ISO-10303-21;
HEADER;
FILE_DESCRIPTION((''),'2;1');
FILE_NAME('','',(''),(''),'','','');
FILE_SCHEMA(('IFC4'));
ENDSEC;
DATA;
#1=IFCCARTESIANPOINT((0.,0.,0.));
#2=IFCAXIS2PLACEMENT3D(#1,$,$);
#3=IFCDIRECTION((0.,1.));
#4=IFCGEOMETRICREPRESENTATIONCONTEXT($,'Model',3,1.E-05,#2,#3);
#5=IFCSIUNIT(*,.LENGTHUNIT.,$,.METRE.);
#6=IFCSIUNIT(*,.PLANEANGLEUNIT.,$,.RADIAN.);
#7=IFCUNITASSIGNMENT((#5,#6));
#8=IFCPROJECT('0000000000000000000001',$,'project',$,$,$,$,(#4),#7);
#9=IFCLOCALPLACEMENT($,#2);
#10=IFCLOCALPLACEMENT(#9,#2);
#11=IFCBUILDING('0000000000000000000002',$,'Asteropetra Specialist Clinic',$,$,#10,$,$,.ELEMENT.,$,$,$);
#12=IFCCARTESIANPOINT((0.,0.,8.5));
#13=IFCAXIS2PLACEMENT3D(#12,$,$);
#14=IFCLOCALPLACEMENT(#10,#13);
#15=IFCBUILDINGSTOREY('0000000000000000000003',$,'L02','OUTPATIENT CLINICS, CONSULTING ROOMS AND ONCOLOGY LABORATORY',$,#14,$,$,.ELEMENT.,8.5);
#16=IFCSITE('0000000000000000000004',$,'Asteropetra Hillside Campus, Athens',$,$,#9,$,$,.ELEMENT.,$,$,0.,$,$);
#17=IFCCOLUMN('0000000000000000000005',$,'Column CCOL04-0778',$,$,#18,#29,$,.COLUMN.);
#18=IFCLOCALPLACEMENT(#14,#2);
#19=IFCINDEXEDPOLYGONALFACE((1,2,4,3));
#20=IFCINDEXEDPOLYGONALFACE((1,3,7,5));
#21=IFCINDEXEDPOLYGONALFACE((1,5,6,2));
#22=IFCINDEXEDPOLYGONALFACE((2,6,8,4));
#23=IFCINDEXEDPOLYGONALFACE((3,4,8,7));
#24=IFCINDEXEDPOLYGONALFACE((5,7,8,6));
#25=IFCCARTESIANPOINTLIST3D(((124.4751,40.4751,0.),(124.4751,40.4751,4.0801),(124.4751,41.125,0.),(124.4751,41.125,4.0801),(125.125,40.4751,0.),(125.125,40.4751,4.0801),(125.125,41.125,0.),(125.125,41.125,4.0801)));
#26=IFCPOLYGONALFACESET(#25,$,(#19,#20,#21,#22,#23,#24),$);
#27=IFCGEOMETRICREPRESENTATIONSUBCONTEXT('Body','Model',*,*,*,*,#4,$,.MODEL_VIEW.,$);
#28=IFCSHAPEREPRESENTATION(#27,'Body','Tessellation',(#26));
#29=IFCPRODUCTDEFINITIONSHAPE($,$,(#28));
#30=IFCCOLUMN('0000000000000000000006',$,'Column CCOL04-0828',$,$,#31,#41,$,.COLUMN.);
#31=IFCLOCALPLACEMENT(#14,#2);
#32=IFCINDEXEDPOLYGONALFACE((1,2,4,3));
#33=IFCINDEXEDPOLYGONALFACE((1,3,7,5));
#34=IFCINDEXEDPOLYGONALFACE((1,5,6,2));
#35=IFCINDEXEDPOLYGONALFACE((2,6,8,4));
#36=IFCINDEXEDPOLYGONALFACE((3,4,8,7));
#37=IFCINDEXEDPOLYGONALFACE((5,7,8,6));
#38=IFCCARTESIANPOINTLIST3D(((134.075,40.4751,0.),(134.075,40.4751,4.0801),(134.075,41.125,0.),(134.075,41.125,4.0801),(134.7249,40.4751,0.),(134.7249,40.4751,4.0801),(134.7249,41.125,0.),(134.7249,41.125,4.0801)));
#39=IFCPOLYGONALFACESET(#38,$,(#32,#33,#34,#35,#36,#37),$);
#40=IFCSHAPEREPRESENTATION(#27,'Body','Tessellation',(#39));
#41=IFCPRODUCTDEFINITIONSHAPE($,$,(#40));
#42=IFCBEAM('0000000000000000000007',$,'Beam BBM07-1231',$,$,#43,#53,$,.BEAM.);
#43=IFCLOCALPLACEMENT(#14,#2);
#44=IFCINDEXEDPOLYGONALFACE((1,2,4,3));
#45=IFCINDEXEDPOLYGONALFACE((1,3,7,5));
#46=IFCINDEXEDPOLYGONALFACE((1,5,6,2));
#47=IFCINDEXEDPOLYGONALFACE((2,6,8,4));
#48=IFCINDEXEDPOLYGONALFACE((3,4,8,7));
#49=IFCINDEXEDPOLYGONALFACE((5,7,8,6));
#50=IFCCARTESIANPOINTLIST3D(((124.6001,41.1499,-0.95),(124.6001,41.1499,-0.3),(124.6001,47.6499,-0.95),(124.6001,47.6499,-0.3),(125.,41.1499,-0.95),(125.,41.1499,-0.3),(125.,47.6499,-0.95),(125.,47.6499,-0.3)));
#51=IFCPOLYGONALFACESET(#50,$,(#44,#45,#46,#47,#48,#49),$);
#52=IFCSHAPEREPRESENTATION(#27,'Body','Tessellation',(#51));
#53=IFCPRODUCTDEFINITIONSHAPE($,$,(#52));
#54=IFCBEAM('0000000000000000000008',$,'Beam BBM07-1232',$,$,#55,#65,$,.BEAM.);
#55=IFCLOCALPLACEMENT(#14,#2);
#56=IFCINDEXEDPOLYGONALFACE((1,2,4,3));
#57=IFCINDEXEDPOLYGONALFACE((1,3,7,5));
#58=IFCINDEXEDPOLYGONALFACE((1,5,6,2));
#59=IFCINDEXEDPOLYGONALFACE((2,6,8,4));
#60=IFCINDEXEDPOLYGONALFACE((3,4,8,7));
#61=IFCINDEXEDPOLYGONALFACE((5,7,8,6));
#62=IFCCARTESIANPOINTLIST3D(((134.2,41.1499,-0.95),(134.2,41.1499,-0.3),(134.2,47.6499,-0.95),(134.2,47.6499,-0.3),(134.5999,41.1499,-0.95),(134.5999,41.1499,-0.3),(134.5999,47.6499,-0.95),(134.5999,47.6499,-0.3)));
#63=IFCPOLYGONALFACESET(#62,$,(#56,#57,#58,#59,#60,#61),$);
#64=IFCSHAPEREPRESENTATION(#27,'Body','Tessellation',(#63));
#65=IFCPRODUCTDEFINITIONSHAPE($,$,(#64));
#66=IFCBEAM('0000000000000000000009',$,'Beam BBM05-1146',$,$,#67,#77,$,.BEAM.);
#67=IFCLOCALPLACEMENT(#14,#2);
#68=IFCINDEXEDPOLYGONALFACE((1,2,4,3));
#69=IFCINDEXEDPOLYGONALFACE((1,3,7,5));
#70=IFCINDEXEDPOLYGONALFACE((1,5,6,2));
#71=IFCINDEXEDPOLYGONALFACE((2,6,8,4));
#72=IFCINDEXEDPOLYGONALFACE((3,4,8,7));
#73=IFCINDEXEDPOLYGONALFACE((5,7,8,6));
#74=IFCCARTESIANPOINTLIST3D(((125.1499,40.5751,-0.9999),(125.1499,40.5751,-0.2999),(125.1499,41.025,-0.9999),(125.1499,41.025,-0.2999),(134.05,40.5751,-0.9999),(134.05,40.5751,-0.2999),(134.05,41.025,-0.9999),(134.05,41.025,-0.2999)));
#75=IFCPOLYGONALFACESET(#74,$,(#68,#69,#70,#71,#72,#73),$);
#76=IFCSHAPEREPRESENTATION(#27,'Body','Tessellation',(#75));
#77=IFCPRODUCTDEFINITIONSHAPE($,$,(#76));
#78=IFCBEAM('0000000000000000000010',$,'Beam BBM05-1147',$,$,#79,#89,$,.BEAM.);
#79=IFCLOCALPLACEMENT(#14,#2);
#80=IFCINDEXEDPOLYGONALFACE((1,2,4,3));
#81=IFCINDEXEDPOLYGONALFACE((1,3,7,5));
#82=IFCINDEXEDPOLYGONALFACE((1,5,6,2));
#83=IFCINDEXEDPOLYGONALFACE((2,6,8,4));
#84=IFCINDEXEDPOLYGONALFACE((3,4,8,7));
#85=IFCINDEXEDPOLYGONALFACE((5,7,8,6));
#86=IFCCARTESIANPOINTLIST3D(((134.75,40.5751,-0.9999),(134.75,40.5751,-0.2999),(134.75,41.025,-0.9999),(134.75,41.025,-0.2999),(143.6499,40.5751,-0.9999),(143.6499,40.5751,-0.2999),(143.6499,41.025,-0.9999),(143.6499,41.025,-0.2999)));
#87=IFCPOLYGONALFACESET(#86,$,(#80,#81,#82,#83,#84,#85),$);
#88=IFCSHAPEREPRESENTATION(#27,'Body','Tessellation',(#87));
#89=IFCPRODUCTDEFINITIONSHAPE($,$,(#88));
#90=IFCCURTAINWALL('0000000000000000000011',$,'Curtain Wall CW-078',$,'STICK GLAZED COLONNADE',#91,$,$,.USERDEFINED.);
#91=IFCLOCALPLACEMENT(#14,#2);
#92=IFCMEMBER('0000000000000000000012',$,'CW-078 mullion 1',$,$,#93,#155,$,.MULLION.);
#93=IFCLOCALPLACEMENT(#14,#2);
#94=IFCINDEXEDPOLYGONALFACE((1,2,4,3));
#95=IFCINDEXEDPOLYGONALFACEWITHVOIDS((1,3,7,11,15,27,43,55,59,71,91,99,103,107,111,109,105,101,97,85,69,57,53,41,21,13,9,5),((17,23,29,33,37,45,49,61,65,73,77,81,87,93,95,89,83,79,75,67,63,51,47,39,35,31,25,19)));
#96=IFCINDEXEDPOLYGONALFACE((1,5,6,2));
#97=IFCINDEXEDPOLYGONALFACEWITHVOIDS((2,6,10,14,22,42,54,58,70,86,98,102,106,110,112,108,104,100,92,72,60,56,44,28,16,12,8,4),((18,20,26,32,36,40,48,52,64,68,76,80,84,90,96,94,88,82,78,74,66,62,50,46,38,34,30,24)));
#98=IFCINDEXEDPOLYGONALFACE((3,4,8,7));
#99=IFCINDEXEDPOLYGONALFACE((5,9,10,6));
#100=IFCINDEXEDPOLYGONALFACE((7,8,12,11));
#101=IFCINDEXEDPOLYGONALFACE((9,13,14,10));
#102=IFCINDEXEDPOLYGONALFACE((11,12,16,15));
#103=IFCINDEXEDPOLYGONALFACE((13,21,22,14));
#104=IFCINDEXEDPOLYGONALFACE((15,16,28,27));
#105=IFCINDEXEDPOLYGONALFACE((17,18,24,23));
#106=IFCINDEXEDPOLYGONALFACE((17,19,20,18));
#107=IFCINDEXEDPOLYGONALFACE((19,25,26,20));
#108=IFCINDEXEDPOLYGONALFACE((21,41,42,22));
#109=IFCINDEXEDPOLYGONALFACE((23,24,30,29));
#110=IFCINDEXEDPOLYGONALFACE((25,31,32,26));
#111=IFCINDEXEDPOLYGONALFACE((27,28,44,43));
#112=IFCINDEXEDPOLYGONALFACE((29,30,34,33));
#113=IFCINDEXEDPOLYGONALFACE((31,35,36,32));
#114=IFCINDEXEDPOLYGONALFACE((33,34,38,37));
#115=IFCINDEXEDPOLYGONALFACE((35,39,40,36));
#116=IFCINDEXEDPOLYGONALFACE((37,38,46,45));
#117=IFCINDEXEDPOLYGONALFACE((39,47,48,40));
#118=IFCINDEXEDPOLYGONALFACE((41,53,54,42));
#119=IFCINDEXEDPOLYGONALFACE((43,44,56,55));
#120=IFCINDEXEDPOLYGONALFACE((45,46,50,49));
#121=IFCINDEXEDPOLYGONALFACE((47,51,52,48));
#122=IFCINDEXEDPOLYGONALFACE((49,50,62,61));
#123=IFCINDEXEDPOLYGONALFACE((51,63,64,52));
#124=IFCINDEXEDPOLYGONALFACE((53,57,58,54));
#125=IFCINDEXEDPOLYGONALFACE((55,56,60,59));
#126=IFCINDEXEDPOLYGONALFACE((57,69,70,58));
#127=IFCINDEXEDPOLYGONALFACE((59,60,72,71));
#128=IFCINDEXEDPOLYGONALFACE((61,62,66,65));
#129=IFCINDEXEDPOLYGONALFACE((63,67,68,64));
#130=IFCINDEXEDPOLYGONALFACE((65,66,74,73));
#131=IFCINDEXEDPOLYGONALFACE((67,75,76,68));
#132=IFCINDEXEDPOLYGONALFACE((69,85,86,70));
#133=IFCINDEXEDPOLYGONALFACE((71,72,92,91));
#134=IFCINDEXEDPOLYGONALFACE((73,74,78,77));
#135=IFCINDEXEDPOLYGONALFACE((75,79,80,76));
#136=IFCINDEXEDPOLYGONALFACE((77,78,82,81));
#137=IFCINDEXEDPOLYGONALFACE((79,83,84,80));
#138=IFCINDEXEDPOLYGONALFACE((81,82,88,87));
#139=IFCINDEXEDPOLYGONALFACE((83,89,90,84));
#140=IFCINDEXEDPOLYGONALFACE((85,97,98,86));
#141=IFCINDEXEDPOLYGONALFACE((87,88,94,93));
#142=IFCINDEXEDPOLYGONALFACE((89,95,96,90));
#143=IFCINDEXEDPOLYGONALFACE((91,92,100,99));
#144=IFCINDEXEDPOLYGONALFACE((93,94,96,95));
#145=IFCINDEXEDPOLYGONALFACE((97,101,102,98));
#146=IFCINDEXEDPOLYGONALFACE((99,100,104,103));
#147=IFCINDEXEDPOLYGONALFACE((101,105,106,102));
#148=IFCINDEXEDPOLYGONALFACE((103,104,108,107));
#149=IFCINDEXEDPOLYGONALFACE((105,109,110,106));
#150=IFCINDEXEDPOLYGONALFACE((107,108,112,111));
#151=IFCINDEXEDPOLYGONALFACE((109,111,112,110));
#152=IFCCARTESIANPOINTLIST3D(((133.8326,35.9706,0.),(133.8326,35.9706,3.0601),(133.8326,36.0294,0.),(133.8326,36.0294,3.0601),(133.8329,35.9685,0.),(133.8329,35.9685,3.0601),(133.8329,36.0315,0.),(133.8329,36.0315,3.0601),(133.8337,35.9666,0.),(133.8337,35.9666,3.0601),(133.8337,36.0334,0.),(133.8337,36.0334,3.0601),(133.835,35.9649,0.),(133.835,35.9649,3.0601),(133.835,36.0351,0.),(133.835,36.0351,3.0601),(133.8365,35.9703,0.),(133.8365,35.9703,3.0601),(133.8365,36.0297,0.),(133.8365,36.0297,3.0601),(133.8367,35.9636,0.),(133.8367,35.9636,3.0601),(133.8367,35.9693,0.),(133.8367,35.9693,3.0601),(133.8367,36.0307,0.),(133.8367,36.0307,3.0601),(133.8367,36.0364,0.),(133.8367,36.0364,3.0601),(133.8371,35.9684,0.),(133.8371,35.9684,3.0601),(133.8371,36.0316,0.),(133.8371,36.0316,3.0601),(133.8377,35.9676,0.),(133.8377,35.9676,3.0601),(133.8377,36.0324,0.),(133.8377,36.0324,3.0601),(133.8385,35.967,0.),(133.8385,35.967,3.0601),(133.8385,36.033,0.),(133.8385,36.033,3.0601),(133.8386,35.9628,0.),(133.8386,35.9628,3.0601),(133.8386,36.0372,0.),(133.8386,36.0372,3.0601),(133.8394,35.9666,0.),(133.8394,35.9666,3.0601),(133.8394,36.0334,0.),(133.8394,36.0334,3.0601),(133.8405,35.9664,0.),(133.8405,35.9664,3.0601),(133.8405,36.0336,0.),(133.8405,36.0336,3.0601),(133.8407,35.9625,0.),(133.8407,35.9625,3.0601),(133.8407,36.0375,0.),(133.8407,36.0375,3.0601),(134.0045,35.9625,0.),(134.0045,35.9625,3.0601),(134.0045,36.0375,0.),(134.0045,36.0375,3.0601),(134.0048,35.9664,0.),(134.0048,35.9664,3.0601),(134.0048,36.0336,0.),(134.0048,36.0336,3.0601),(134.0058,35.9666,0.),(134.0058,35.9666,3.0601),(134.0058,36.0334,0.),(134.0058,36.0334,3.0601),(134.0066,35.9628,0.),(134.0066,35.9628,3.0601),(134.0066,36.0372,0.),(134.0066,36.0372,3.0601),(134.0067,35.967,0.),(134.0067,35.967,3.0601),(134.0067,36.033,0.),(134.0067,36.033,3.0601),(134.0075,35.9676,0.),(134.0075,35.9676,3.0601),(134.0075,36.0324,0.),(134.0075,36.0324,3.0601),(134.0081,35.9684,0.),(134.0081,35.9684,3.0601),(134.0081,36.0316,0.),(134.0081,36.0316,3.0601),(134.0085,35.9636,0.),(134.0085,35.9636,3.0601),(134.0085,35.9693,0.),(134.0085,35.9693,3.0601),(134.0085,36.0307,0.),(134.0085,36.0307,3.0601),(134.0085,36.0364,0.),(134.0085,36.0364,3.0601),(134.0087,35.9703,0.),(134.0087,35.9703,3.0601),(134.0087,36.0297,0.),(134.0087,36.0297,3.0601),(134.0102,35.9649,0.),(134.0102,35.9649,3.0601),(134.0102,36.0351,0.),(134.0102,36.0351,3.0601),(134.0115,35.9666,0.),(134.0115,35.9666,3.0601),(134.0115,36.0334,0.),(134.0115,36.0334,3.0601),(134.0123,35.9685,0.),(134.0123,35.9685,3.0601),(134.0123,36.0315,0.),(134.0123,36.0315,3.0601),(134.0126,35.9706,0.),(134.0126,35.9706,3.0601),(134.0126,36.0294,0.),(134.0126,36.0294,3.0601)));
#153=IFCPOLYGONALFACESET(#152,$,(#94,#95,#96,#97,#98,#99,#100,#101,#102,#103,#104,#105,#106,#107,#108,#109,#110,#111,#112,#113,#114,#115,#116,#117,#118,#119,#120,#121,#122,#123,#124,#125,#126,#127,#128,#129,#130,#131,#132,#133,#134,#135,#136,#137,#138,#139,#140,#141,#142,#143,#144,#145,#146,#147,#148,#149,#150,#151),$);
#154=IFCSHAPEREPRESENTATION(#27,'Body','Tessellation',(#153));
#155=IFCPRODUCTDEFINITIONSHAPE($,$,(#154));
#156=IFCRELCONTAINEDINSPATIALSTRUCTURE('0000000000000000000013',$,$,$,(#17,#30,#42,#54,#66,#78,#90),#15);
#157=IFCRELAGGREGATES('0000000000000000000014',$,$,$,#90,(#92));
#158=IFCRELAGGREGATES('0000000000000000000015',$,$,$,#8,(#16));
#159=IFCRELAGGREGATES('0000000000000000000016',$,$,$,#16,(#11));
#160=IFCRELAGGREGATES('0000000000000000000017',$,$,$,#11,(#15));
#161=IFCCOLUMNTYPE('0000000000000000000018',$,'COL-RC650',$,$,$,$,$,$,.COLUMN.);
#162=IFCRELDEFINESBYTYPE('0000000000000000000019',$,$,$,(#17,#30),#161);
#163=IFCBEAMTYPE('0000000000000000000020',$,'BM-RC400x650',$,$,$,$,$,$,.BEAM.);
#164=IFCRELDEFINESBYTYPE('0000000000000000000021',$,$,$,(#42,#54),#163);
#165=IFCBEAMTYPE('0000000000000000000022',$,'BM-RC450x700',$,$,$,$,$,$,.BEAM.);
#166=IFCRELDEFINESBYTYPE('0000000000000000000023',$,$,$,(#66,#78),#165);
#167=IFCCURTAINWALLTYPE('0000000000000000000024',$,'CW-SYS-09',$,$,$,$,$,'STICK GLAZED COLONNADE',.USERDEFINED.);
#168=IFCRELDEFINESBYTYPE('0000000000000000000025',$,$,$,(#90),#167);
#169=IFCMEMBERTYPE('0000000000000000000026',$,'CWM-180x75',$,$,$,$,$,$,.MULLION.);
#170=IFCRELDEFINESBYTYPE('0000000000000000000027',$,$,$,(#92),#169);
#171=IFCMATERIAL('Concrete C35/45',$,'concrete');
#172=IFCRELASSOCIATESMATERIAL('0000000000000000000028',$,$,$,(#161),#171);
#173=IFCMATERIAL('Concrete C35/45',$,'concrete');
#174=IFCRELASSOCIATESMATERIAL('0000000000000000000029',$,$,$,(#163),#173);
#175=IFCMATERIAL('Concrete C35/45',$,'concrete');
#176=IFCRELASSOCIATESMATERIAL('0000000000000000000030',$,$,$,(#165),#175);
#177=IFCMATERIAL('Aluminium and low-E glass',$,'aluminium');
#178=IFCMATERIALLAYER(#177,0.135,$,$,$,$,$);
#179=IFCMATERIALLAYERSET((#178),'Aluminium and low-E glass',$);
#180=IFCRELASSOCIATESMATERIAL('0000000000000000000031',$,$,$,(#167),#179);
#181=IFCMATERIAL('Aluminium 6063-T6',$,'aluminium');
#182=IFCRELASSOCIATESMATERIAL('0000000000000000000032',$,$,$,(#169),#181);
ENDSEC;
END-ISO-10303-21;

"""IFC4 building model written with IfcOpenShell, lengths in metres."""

from ifc_helpers import new_model, si_unit, direction, frame, origin, origin_2d, place, context, subcontext, project, spatial, rectangle, hollow_rectangle, extrude, material, layer, layer_set, material_profile, profile_set, type_object, element, aggregate, save


model = new_model("IFC4")

# Units and contexts
model_context = context("Model", 3, precision=1e-05, world=origin(), true_north=direction((0.0, 1.0)))
body_context = subcontext(model_context, "Body", "Model", "MODEL_VIEW")
ifc_project = project(units=[si_unit("LENGTHUNIT", "METRE"), si_unit("PLANEANGLEUNIT", "RADIAN")], contexts=[model_context])

# Site, building, storey
site_placement = place(None, origin())
site = spatial("IfcSite", under=ifc_project, at=site_placement, Name="Asteropetra Hillside Campus, Athens", CompositionType="ELEMENT", RefElevation=0.0)
building_placement = place(site_placement, origin())
building = spatial("IfcBuilding", under=site, at=building_placement, Name="Asteropetra Specialist Clinic", CompositionType="ELEMENT")
storey_placement = place(building_placement, frame((0.0, 0.0, 8.5)))
storey = spatial("IfcBuildingStorey", under=building, at=storey_placement, Name="L02", Description="OUTPATIENT CLINICS, CONSULTING ROOMS AND ONCOLOGY LABORATORY", CompositionType="ELEMENT", Elevation=8.5)

# Columns
ifc_material_1 = material(Name="Concrete C35/45", Category="concrete")
ifc_material_profile_1 = material_profile(ifc_material_1, rectangle(XDim=0.6499, YDim=0.6499, at=origin_2d()), Name="RC 650x650")
ifc_profile_set_1 = profile_set([ifc_material_profile_1], Name="Concrete C35/45")
column_type = type_object("IfcColumnType", Name="COL-RC650", PredefinedType="COLUMN", material=ifc_profile_set_1)
for number, where, z_axis, x_axis, name in (
    (1, (124.8, 40.8, 0.0), (0.0, 0.0, 1.0), (1.0, 0.0, 0.0), "Column CCOL04-0778"),
    (2, (134.3999, 40.8, 0.0), (0.0, 0.0, 1.0), (1.0, 0.0, 0.0), "Column CCOL04-0828"),
):
    element("IfcColumn", number, at=place(storey_placement, frame(where, z_axis=z_axis, x_axis=x_axis)), inside=storey, type_object=column_type, Name=name, PredefinedType="COLUMN", context=body_context, shape_type="SweptSolid", body=[
        extrude(rectangle(XDim=0.6499, YDim=0.6499, at=origin_2d()), origin(), (0.0, 0.0, 1.0), 4.0801),
    ])

# Beams
ifc_material_2 = material(Name="Concrete C35/45", Category="concrete")
ifc_material_profile_2 = material_profile(ifc_material_2, rectangle(XDim=0.3999, YDim=0.6499, at=origin_2d()), Name="RCB 400x650")
ifc_profile_set_2 = profile_set([ifc_material_profile_2], Name="Concrete C35/45")
beam_type_1 = type_object("IfcBeamType", Name="BM-RC400x650", PredefinedType="BEAM", material=ifc_profile_set_2)
for number, where, z_axis, x_axis, name in (
    (3, (124.8, 41.1499, -0.625), (0.0, 1.0, 0.0), (-1.0, 0.0, 0.0), "Beam BBM07-1231"),
    (4, (134.3999, 41.1499, -0.625), (0.0, 1.0, 0.0), (-1.0, 0.0, 0.0), "Beam BBM07-1232"),
):
    element("IfcBeam", number, at=place(storey_placement, frame(where, z_axis=z_axis, x_axis=x_axis)), inside=storey, type_object=beam_type_1, Name=name, PredefinedType="BEAM", context=body_context, shape_type="SweptSolid", body=[
        extrude(rectangle(XDim=0.3999, YDim=0.6499, at=origin_2d()), origin(), (0.0, 0.0, 1.0), 6.5),
    ])
ifc_material_3 = material(Name="Concrete C35/45", Category="concrete")
ifc_material_profile_3 = material_profile(ifc_material_3, rectangle(XDim=0.45, YDim=0.7, at=origin_2d()), Name="RCB 450x700")
ifc_profile_set_3 = profile_set([ifc_material_profile_3], Name="Concrete C35/45")
beam_type_2 = type_object("IfcBeamType", Name="BM-RC450x700", PredefinedType="BEAM", material=ifc_profile_set_3)
beam_1_placement = place(storey_placement, frame((125.1499, 40.8, -0.6499), z_axis=(1.0, 0.0, 0.0), x_axis=(0.0, 1.0, 0.0)))
element("IfcBeam", 5, at=beam_1_placement, inside=storey, type_object=beam_type_2, Name="Beam BBM05-1146", PredefinedType="BEAM", context=body_context, shape_type="SweptSolid", body=[
    extrude(rectangle(XDim=0.45, YDim=0.7, at=origin_2d()), origin(), (0.0, 0.0, 1.0), 8.9001),
])
beam_2_placement = place(storey_placement, frame((134.75, 40.8, -0.6499), z_axis=(1.0, 0.0, 0.0), x_axis=(0.0, 1.0, 0.0)))
element("IfcBeam", 6, at=beam_2_placement, inside=storey, type_object=beam_type_2, Name="Beam BBM05-1147", PredefinedType="BEAM", context=body_context, shape_type="SweptSolid", body=[
    extrude(rectangle(XDim=0.45, YDim=0.7, at=origin_2d()), origin(), (0.0, 0.0, 1.0), 8.8999),
])

# Curtain wall, member
ifc_material_4 = material(Name="Aluminium and low-E glass", Category="aluminium")
ifc_layer_1 = layer(ifc_material_4, 0.135)
ifc_layer_set_1 = layer_set([ifc_layer_1], Name="Aluminium and low-E glass")
curtain_wall_type = type_object("IfcCurtainWallType", Name="CW-SYS-09", ElementType="STICK GLAZED COLONNADE", PredefinedType="USERDEFINED", material=ifc_layer_set_1)
curtain_wall_placement = place(storey_placement, origin())
curtain_wall = element("IfcCurtainWall", 7, at=curtain_wall_placement, inside=storey, type_object=curtain_wall_type, Name="Curtain Wall CW-078", ObjectType="STICK GLAZED COLONNADE", PredefinedType="USERDEFINED")
ifc_material_5 = material(Name="Aluminium 6063-T6", Category="aluminium")
ifc_material_profile_4 = material_profile(ifc_material_5, hollow_rectangle(XDim=0.075, YDim=0.1799, WallThickness=0.0039, InnerFilletRadius=0.0039, OuterFilletRadius=0.0081, at=origin_2d()), Name="MUL 180x75x4.0")
ifc_profile_set_4 = profile_set([ifc_material_profile_4], Name="Aluminium 6063-T6")
member_type_1 = type_object("IfcMemberType", Name="CWM-180x75", PredefinedType="MULLION", material=ifc_profile_set_4)
member_1_placement = place(storey_placement, frame((133.9226, 36.0, 0.0), z_axis=(0.0, 0.0, 1.0), x_axis=(0.0, -1.0, 0.0)))
member_1 = element("IfcMember", 8, at=member_1_placement, type_object=member_type_1, Name="CW-078 mullion 1", PredefinedType="MULLION", context=body_context, shape_type="SweptSolid", body=[
    extrude(hollow_rectangle(XDim=0.075, YDim=0.1799, WallThickness=0.0039, InnerFilletRadius=0.0039, OuterFilletRadius=0.0081, at=origin_2d()), origin(), (0.0, 0.0, 1.0), 3.0601),
])

aggregate(curtain_wall, [member_1])

save(model, "model.ifc")
